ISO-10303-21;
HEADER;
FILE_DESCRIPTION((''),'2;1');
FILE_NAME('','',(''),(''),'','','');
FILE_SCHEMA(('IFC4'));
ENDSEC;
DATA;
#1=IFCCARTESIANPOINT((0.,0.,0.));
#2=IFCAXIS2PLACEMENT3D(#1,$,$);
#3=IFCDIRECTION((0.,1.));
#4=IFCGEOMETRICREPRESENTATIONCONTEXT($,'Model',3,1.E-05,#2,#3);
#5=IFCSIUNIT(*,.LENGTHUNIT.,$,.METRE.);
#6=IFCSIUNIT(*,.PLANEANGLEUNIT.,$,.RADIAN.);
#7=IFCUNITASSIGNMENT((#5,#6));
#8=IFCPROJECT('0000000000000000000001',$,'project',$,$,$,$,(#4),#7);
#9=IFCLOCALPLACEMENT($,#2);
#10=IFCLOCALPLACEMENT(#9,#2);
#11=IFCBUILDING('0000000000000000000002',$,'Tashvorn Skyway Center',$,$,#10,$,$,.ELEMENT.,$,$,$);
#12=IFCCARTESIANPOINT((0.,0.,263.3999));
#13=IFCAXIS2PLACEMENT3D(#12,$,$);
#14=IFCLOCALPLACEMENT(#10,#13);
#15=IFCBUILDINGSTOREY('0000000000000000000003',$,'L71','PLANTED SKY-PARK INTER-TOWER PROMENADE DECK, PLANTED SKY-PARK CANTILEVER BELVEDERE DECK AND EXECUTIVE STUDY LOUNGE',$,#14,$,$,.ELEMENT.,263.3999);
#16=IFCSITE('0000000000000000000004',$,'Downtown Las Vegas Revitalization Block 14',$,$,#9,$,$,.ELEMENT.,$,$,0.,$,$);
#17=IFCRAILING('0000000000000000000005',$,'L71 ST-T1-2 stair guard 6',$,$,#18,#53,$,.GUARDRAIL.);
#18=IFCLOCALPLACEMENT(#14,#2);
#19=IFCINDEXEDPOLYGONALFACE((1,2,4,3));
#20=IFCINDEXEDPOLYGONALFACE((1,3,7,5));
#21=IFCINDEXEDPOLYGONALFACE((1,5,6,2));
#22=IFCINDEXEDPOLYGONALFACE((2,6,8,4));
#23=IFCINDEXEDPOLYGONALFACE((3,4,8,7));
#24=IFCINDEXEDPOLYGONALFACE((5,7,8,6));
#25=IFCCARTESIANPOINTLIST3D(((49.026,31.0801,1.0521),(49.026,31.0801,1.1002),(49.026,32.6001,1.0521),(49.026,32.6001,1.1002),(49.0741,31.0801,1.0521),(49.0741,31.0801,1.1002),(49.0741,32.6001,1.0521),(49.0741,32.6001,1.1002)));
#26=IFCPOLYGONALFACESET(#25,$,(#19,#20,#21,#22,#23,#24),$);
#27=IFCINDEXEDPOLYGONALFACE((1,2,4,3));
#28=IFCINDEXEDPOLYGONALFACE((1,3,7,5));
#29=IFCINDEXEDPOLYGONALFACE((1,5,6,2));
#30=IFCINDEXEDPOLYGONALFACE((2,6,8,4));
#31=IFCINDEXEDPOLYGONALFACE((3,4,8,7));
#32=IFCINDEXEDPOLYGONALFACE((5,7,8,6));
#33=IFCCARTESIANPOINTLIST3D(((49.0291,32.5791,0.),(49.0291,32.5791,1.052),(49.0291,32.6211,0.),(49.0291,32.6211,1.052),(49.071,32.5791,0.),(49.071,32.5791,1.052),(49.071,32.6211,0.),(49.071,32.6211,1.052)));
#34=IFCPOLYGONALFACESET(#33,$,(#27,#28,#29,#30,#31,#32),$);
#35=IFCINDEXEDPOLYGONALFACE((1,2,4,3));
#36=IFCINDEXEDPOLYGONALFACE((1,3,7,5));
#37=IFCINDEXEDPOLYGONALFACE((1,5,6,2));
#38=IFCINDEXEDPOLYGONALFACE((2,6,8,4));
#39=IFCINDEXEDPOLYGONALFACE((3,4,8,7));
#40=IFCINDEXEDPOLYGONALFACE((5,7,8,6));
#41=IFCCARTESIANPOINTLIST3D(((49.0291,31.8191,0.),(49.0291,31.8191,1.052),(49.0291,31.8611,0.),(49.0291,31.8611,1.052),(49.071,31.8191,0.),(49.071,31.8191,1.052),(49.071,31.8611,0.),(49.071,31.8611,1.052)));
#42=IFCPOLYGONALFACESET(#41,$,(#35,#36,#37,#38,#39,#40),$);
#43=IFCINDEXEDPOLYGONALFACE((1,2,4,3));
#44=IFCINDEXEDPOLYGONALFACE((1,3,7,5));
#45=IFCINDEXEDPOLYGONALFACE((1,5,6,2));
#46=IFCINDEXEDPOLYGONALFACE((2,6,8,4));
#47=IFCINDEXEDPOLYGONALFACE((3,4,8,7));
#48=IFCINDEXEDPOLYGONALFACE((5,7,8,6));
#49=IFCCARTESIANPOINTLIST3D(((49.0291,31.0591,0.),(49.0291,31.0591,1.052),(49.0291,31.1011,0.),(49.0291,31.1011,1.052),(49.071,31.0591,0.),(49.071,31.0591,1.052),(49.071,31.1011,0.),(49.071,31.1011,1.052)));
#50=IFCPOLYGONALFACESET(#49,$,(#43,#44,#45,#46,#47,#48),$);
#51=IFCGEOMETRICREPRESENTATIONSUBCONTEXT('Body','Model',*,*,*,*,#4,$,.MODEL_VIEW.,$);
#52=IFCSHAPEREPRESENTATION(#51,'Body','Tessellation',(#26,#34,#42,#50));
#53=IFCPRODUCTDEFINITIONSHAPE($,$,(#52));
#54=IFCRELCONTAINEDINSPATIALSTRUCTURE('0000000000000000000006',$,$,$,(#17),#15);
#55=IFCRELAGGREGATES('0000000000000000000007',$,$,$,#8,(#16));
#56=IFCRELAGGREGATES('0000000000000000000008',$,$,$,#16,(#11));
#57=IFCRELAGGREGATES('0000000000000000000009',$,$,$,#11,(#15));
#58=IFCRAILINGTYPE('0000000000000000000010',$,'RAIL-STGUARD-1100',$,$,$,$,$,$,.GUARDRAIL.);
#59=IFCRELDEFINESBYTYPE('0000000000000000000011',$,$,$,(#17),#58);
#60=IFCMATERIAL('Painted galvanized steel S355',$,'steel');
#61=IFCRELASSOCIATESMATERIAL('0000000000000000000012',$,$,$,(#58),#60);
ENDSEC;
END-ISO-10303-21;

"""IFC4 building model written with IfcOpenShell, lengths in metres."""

from ifc_helpers import new_model, si_unit, direction, frame, origin, origin_2d, place, context, subcontext, project, spatial, rectangle, extrude, material, type_object, element, save


model = new_model("IFC4")

# Units and contexts
model_context = context("Model", 3, precision=1e-05, world=origin(), true_north=direction((0.0, 1.0)))
body_context = subcontext(model_context, "Body", "Model", "MODEL_VIEW")
ifc_project = project(units=[si_unit("LENGTHUNIT", "METRE"), si_unit("PLANEANGLEUNIT", "RADIAN")], contexts=[model_context])

# Site, building, storey
site_placement = place(None, origin())
site = spatial("IfcSite", under=ifc_project, at=site_placement, Name="Downtown Las Vegas Revitalization Block 14", CompositionType="ELEMENT", RefElevation=0.0)
building_placement = place(site_placement, origin())
building = spatial("IfcBuilding", under=site, at=building_placement, Name="Tashvorn Skyway Center", CompositionType="ELEMENT")
storey_placement = place(building_placement, frame((0.0, 0.0, 263.3999)))
storey = spatial("IfcBuildingStorey", under=building, at=storey_placement, Name="L71", Description="PLANTED SKY-PARK INTER-TOWER PROMENADE DECK, PLANTED SKY-PARK CANTILEVER BELVEDERE DECK AND EXECUTIVE STUDY LOUNGE", CompositionType="ELEMENT", Elevation=263.3999)

# Railing
ifc_material_1 = material(Name="Painted galvanized steel S355", Category="steel")
railing_type = type_object("IfcRailingType", Name="RAIL-STGUARD-1100", PredefinedType="GUARDRAIL", material=ifc_material_1)
railing_placement = place(storey_placement, frame((49.05, 32.6001, 0.0)))
element("IfcRailing", 1, at=railing_placement, inside=storey, type_object=railing_type, Name="L71 ST-T1-2 stair guard 6", PredefinedType="GUARDRAIL", context=body_context, shape_type="SweptSolid", body=[
    extrude(rectangle(XDim=0.0481, YDim=0.0481, at=origin_2d()), frame((0.0, 0.0, 1.0762), z_axis=(0.0, -1.0, 0.0), x_axis=(1.0, 0.0, 0.0)), (0.0, 0.0, 1.0), 1.52),
    extrude(rectangle(XDim=0.042, YDim=0.042, at=origin_2d()), origin(), (0.0, 0.0, 1.0), 1.052),
    extrude(rectangle(XDim=0.042, YDim=0.042, at=origin_2d()), frame((0.0, -0.76, 0.0)), (0.0, 0.0, 1.0), 1.052),
    extrude(rectangle(XDim=0.042, YDim=0.042, at=origin_2d()), frame((0.0, -1.52, 0.0)), (0.0, 0.0, 1.0), 1.052),
])

save(model, "model.ifc")
